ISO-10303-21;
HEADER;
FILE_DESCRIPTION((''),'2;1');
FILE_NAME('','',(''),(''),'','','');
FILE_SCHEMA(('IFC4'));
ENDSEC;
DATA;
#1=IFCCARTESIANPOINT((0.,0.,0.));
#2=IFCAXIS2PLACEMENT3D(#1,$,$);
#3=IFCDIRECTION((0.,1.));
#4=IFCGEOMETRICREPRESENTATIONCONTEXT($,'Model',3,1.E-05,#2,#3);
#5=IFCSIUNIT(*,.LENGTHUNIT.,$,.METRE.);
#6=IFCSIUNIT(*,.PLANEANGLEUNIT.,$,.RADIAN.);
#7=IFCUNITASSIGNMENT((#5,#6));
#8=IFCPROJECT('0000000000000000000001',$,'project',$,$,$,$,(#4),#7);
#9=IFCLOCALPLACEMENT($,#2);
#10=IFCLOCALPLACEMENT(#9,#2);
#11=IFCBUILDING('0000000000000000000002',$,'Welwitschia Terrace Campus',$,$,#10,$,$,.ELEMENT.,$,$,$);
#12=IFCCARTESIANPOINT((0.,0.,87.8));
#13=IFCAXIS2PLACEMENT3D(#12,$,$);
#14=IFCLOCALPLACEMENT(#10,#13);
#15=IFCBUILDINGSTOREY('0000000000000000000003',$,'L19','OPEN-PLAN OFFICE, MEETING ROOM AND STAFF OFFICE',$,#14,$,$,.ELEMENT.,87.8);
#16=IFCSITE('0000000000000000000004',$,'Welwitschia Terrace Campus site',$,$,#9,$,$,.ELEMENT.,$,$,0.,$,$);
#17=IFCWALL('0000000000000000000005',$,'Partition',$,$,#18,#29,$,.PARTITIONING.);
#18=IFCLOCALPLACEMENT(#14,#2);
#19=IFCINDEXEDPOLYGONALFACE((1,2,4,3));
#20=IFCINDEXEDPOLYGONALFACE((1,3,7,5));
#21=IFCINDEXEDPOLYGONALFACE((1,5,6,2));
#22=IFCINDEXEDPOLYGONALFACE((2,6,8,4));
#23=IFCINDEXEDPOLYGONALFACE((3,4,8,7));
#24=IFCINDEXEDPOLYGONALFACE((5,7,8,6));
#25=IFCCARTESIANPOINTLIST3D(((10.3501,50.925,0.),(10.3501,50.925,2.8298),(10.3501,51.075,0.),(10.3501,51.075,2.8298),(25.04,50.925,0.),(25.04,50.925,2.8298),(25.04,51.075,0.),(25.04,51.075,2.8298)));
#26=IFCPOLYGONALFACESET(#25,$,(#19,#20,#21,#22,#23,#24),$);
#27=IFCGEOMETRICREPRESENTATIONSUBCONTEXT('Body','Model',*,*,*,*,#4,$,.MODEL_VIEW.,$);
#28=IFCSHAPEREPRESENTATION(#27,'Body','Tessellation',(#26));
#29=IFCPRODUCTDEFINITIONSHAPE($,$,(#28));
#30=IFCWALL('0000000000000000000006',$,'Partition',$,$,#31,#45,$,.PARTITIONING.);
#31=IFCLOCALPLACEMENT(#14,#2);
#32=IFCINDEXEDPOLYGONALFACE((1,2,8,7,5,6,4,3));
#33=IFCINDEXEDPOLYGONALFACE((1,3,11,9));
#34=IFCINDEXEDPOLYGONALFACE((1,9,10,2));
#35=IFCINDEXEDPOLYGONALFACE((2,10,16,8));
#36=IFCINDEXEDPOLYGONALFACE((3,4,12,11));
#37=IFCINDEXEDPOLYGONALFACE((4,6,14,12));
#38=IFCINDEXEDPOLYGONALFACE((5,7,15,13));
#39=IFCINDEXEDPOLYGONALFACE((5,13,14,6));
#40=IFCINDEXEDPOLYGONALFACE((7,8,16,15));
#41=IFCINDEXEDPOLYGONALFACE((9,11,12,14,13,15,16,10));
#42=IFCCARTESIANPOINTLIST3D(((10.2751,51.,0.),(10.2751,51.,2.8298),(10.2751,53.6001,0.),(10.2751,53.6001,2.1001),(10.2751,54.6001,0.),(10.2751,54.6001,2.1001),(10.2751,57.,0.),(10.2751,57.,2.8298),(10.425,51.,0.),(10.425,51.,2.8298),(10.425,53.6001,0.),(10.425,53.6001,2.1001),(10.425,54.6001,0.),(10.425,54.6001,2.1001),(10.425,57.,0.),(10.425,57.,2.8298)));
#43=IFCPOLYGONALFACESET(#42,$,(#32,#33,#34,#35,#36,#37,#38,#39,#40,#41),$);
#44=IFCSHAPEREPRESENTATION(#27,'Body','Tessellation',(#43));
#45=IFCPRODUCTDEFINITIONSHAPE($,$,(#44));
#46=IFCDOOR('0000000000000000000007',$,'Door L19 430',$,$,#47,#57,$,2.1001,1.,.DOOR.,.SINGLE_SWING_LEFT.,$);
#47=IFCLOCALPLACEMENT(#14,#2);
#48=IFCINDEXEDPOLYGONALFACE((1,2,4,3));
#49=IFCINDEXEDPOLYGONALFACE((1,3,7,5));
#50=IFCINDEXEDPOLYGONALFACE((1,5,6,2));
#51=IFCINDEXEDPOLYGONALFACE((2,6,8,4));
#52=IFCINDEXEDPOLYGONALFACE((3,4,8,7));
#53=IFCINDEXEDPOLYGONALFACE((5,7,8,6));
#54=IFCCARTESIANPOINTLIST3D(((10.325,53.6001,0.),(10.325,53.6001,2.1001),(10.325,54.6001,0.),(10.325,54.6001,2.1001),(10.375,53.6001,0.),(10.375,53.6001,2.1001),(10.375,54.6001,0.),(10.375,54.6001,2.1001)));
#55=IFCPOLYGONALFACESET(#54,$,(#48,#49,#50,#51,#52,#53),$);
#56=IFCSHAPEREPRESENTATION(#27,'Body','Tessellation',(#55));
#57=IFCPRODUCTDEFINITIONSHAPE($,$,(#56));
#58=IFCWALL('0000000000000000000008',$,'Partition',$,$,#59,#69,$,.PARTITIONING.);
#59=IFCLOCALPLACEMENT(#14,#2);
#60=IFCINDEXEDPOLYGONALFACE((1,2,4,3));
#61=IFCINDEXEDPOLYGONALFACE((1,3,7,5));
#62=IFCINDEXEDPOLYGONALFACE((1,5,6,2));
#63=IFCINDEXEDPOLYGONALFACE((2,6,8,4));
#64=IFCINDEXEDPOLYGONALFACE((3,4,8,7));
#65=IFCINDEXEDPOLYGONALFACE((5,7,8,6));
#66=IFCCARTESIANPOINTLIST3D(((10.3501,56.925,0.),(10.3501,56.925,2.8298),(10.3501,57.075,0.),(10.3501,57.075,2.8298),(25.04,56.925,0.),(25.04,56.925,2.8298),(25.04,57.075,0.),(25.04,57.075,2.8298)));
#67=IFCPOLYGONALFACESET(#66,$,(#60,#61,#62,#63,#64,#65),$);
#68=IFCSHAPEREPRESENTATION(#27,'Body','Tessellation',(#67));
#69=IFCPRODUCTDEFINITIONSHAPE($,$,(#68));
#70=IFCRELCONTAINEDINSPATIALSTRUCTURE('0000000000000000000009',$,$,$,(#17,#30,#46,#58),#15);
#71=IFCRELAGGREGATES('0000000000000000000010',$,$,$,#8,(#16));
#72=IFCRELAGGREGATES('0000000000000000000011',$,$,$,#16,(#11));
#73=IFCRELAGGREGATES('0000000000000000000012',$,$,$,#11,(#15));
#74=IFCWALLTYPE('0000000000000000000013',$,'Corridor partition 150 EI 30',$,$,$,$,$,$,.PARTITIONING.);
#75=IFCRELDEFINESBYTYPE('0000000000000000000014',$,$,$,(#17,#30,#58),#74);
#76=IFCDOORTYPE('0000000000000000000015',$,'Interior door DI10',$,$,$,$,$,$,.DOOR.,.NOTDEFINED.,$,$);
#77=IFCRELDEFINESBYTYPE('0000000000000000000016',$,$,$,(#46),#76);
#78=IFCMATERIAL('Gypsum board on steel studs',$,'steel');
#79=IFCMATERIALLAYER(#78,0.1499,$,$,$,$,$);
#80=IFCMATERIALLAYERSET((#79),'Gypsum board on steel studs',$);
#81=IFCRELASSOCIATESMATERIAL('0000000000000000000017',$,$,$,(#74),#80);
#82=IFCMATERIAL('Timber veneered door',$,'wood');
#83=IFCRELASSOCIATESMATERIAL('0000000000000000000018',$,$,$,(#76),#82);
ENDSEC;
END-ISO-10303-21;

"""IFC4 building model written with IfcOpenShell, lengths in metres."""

from ifc_helpers import new_model, si_unit, direction, frame, frame_2d, origin, place, context, subcontext, project, spatial, rectangle, extrude, material, layer, layer_set, type_object, element, fill, save


model = new_model("IFC4")

# Units and contexts
model_context = context("Model", 3, precision=1e-05, world=origin(), true_north=direction((0.0, 1.0)))
body_context = subcontext(model_context, "Body", "Model", "MODEL_VIEW")
ifc_project = project(units=[si_unit("LENGTHUNIT", "METRE"), si_unit("PLANEANGLEUNIT", "RADIAN")], contexts=[model_context])

# Site, building, storey
site_placement = place(None, origin())
site = spatial("IfcSite", under=ifc_project, at=site_placement, Name="Welwitschia Terrace Campus site", CompositionType="ELEMENT", RefElevation=0.0)
building_placement = place(site_placement, origin())
building = spatial("IfcBuilding", under=site, at=building_placement, Name="Welwitschia Terrace Campus", CompositionType="ELEMENT")
storey_placement = place(building_placement, frame((0.0, 0.0, 87.8)))
storey = spatial("IfcBuildingStorey", under=building, at=storey_placement, Name="L19", Description="OPEN-PLAN OFFICE, MEETING ROOM AND STAFF OFFICE", CompositionType="ELEMENT", Elevation=87.8)

# Shared definitions
ifc_material_1 = material(Name="Gypsum board on steel studs", Category="steel")
ifc_layer_1 = layer(ifc_material_1, 0.1499)
ifc_layer_set_1 = layer_set([ifc_layer_1], Name="Gypsum board on steel studs")
wall_type = type_object("IfcWallType", Name="Corridor partition 150 EI 30", PredefinedType="PARTITIONING", material=ifc_layer_set_1)

# Shared definitions
ifc_material_2 = material(Name="Timber veneered door", Category="wood")
door_type = type_object("IfcDoorType", Name="Interior door DI10", OperationType="NOTDEFINED", PredefinedType="DOOR", material=ifc_material_2)

# Wall
wall_1_placement = place(storey_placement, frame((10.3501, 51.0, 0.0), z_axis=(0.0, 0.0, 1.0), x_axis=(1.0, 0.0, 0.0)))
element("IfcWall", 1, at=wall_1_placement, inside=storey, type_object=wall_type, Name="Partition", PredefinedType="PARTITIONING", context=body_context, shape_type="SweptSolid", body=[
    extrude(rectangle(XDim=14.6899, YDim=0.1499, at=frame_2d((7.345, 0.0))), origin(), (0.0, 0.0, 1.0), 2.8298),
])

# Wall, opening, door
wall_2_placement = place(storey_placement, frame((10.3501, 57.0, 0.0), z_axis=(0.0, 0.0, 1.0), x_axis=(0.0, -1.0, 0.0)))
wall_2 = element("IfcWall", 2, at=wall_2_placement, inside=storey, type_object=wall_type, Name="Partition", PredefinedType="PARTITIONING", context=body_context, shape_type="SweptSolid", body=[
    extrude(rectangle(XDim=6.0, YDim=0.1499, at=frame_2d((3.0, 0.0))), origin(), (0.0, 0.0, 1.0), 2.8298),
])
opening_1_placement = place(wall_2_placement, frame((2.3999, 0.0, 0.0)))
opening_1 = element("IfcOpeningElement", 3, at=opening_1_placement, cuts=wall_2, PredefinedType="OPENING", context=body_context, shape_type="SweptSolid", body=[
    extrude(rectangle(XDim=1.0, YDim=2.1001, at=frame_2d((0.5, 1.05))), frame((0.0, 0.085, 0.0), z_axis=(0.0, -1.0, 0.0), x_axis=(1.0, 0.0, 0.0)), (0.0, 0.0, 1.0), 0.1699),
])
door_1_placement = place(opening_1_placement, origin())
door_1 = element("IfcDoor", 4, at=door_1_placement, inside=storey, type_object=door_type, Name="Door L19 430", OperationType="SINGLE_SWING_LEFT", OverallHeight=2.1001, OverallWidth=1.0, PredefinedType="DOOR", context=body_context, shape_type="SweptSolid", body=[
    extrude(rectangle(XDim=1.0, YDim=2.1001, at=frame_2d((0.5, 1.05))), frame((0.0, 0.0249, 0.0), z_axis=(0.0, -1.0, 0.0), x_axis=(1.0, 0.0, 0.0)), (0.0, 0.0, 1.0), 0.05),
])
fill(opening_1, door_1)

# Wall
wall_3_placement = place(storey_placement, frame((10.3501, 57.0, 0.0), z_axis=(0.0, 0.0, 1.0), x_axis=(1.0, 0.0, 0.0)))
element("IfcWall", 5, at=wall_3_placement, inside=storey, type_object=wall_type, Name="Partition", PredefinedType="PARTITIONING", context=body_context, shape_type="SweptSolid", body=[
    extrude(rectangle(XDim=14.6899, YDim=0.1499, at=frame_2d((7.345, 0.0))), origin(), (0.0, 0.0, 1.0), 2.8298),
])

save(model, "model.ifc")
